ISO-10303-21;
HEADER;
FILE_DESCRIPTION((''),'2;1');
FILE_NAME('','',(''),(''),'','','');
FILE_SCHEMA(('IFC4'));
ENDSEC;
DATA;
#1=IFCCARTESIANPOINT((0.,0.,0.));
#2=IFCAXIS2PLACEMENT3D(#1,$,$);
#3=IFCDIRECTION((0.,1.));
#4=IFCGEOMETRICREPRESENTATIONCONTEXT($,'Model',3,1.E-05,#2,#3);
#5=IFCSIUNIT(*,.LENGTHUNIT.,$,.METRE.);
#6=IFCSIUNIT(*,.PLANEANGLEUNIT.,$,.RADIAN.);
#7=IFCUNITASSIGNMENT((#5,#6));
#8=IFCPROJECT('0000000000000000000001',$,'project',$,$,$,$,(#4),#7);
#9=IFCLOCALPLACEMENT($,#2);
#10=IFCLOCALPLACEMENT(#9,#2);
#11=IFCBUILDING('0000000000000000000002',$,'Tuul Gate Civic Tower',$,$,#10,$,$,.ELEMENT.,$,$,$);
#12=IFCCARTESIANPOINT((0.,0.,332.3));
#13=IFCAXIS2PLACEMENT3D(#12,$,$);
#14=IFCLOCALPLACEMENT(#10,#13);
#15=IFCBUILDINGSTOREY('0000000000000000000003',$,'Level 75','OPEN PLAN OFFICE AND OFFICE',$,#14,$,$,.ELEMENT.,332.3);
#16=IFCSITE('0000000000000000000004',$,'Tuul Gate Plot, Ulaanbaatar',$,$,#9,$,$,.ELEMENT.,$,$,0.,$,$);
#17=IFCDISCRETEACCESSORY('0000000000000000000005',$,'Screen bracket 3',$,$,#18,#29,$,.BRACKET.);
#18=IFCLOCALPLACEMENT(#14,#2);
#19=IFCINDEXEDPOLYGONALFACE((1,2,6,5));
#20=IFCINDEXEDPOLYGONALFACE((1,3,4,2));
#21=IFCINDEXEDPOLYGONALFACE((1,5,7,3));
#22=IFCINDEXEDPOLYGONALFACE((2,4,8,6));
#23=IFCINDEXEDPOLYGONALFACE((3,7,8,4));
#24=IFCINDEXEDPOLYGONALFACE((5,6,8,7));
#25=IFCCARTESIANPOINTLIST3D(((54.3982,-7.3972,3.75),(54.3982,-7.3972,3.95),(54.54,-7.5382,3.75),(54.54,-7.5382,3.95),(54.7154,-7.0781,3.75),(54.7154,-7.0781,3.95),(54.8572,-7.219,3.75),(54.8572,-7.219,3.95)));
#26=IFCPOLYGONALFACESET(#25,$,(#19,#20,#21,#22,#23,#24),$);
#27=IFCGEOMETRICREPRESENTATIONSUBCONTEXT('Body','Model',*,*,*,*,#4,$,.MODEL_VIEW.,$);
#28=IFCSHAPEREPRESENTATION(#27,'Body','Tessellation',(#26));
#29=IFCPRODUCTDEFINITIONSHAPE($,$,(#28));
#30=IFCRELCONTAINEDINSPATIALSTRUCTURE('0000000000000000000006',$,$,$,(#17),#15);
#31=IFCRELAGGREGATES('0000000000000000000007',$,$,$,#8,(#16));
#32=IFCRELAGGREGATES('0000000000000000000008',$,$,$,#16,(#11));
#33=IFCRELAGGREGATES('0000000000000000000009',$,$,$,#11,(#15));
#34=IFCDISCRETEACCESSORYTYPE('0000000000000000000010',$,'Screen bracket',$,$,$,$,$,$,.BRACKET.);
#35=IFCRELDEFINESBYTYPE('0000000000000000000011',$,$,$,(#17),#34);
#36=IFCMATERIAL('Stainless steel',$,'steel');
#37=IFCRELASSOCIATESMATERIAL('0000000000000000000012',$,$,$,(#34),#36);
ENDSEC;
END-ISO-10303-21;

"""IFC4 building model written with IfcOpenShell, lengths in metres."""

from ifc_helpers import new_model, si_unit, direction, frame, origin, origin_2d, place, context, subcontext, project, spatial, rectangle, extrude, material, type_object, element, save


model = new_model("IFC4")

# Units and contexts
model_context = context("Model", 3, precision=1e-05, world=origin(), true_north=direction((0.0, 1.0)))
body_context = subcontext(model_context, "Body", "Model", "MODEL_VIEW")
ifc_project = project(units=[si_unit("LENGTHUNIT", "METRE"), si_unit("PLANEANGLEUNIT", "RADIAN")], contexts=[model_context])

# Site, building, storey
site_placement = place(None, origin())
site = spatial("IfcSite", under=ifc_project, at=site_placement, Name="Tuul Gate Plot, Ulaanbaatar", CompositionType="ELEMENT", RefElevation=0.0)
building_placement = place(site_placement, origin())
building = spatial("IfcBuilding", under=site, at=building_placement, Name="Tuul Gate Civic Tower", CompositionType="ELEMENT")
storey_placement = place(building_placement, frame((0.0, 0.0, 332.3)))
storey = spatial("IfcBuildingStorey", under=building, at=storey_placement, Name="Level 75", Description="OPEN PLAN OFFICE AND OFFICE", CompositionType="ELEMENT", Elevation=332.3)

# Discrete accessory
ifc_material_1 = material(Name="Stainless steel", Category="steel")
discrete_accessory_type = type_object("IfcDiscreteAccessoryType", Name="Screen bracket", PredefinedType="BRACKET", material=ifc_material_1)
discrete_accessory_placement = place(storey_placement, frame((54.6277, -7.3081, 3.75), z_axis=(0.0, 0.0, 1.0), x_axis=(0.704907, 0.7093, 0.0)))
element("IfcDiscreteAccessory", 1, at=discrete_accessory_placement, inside=storey, type_object=discrete_accessory_type, Name="Screen bracket 3", PredefinedType="BRACKET", context=body_context, shape_type="SweptSolid", body=[
    extrude(rectangle(XDim=0.45, YDim=0.2, at=origin_2d()), origin(), (0.0, 0.0, 1.0), 0.2),
])

save(model, "model.ifc")
